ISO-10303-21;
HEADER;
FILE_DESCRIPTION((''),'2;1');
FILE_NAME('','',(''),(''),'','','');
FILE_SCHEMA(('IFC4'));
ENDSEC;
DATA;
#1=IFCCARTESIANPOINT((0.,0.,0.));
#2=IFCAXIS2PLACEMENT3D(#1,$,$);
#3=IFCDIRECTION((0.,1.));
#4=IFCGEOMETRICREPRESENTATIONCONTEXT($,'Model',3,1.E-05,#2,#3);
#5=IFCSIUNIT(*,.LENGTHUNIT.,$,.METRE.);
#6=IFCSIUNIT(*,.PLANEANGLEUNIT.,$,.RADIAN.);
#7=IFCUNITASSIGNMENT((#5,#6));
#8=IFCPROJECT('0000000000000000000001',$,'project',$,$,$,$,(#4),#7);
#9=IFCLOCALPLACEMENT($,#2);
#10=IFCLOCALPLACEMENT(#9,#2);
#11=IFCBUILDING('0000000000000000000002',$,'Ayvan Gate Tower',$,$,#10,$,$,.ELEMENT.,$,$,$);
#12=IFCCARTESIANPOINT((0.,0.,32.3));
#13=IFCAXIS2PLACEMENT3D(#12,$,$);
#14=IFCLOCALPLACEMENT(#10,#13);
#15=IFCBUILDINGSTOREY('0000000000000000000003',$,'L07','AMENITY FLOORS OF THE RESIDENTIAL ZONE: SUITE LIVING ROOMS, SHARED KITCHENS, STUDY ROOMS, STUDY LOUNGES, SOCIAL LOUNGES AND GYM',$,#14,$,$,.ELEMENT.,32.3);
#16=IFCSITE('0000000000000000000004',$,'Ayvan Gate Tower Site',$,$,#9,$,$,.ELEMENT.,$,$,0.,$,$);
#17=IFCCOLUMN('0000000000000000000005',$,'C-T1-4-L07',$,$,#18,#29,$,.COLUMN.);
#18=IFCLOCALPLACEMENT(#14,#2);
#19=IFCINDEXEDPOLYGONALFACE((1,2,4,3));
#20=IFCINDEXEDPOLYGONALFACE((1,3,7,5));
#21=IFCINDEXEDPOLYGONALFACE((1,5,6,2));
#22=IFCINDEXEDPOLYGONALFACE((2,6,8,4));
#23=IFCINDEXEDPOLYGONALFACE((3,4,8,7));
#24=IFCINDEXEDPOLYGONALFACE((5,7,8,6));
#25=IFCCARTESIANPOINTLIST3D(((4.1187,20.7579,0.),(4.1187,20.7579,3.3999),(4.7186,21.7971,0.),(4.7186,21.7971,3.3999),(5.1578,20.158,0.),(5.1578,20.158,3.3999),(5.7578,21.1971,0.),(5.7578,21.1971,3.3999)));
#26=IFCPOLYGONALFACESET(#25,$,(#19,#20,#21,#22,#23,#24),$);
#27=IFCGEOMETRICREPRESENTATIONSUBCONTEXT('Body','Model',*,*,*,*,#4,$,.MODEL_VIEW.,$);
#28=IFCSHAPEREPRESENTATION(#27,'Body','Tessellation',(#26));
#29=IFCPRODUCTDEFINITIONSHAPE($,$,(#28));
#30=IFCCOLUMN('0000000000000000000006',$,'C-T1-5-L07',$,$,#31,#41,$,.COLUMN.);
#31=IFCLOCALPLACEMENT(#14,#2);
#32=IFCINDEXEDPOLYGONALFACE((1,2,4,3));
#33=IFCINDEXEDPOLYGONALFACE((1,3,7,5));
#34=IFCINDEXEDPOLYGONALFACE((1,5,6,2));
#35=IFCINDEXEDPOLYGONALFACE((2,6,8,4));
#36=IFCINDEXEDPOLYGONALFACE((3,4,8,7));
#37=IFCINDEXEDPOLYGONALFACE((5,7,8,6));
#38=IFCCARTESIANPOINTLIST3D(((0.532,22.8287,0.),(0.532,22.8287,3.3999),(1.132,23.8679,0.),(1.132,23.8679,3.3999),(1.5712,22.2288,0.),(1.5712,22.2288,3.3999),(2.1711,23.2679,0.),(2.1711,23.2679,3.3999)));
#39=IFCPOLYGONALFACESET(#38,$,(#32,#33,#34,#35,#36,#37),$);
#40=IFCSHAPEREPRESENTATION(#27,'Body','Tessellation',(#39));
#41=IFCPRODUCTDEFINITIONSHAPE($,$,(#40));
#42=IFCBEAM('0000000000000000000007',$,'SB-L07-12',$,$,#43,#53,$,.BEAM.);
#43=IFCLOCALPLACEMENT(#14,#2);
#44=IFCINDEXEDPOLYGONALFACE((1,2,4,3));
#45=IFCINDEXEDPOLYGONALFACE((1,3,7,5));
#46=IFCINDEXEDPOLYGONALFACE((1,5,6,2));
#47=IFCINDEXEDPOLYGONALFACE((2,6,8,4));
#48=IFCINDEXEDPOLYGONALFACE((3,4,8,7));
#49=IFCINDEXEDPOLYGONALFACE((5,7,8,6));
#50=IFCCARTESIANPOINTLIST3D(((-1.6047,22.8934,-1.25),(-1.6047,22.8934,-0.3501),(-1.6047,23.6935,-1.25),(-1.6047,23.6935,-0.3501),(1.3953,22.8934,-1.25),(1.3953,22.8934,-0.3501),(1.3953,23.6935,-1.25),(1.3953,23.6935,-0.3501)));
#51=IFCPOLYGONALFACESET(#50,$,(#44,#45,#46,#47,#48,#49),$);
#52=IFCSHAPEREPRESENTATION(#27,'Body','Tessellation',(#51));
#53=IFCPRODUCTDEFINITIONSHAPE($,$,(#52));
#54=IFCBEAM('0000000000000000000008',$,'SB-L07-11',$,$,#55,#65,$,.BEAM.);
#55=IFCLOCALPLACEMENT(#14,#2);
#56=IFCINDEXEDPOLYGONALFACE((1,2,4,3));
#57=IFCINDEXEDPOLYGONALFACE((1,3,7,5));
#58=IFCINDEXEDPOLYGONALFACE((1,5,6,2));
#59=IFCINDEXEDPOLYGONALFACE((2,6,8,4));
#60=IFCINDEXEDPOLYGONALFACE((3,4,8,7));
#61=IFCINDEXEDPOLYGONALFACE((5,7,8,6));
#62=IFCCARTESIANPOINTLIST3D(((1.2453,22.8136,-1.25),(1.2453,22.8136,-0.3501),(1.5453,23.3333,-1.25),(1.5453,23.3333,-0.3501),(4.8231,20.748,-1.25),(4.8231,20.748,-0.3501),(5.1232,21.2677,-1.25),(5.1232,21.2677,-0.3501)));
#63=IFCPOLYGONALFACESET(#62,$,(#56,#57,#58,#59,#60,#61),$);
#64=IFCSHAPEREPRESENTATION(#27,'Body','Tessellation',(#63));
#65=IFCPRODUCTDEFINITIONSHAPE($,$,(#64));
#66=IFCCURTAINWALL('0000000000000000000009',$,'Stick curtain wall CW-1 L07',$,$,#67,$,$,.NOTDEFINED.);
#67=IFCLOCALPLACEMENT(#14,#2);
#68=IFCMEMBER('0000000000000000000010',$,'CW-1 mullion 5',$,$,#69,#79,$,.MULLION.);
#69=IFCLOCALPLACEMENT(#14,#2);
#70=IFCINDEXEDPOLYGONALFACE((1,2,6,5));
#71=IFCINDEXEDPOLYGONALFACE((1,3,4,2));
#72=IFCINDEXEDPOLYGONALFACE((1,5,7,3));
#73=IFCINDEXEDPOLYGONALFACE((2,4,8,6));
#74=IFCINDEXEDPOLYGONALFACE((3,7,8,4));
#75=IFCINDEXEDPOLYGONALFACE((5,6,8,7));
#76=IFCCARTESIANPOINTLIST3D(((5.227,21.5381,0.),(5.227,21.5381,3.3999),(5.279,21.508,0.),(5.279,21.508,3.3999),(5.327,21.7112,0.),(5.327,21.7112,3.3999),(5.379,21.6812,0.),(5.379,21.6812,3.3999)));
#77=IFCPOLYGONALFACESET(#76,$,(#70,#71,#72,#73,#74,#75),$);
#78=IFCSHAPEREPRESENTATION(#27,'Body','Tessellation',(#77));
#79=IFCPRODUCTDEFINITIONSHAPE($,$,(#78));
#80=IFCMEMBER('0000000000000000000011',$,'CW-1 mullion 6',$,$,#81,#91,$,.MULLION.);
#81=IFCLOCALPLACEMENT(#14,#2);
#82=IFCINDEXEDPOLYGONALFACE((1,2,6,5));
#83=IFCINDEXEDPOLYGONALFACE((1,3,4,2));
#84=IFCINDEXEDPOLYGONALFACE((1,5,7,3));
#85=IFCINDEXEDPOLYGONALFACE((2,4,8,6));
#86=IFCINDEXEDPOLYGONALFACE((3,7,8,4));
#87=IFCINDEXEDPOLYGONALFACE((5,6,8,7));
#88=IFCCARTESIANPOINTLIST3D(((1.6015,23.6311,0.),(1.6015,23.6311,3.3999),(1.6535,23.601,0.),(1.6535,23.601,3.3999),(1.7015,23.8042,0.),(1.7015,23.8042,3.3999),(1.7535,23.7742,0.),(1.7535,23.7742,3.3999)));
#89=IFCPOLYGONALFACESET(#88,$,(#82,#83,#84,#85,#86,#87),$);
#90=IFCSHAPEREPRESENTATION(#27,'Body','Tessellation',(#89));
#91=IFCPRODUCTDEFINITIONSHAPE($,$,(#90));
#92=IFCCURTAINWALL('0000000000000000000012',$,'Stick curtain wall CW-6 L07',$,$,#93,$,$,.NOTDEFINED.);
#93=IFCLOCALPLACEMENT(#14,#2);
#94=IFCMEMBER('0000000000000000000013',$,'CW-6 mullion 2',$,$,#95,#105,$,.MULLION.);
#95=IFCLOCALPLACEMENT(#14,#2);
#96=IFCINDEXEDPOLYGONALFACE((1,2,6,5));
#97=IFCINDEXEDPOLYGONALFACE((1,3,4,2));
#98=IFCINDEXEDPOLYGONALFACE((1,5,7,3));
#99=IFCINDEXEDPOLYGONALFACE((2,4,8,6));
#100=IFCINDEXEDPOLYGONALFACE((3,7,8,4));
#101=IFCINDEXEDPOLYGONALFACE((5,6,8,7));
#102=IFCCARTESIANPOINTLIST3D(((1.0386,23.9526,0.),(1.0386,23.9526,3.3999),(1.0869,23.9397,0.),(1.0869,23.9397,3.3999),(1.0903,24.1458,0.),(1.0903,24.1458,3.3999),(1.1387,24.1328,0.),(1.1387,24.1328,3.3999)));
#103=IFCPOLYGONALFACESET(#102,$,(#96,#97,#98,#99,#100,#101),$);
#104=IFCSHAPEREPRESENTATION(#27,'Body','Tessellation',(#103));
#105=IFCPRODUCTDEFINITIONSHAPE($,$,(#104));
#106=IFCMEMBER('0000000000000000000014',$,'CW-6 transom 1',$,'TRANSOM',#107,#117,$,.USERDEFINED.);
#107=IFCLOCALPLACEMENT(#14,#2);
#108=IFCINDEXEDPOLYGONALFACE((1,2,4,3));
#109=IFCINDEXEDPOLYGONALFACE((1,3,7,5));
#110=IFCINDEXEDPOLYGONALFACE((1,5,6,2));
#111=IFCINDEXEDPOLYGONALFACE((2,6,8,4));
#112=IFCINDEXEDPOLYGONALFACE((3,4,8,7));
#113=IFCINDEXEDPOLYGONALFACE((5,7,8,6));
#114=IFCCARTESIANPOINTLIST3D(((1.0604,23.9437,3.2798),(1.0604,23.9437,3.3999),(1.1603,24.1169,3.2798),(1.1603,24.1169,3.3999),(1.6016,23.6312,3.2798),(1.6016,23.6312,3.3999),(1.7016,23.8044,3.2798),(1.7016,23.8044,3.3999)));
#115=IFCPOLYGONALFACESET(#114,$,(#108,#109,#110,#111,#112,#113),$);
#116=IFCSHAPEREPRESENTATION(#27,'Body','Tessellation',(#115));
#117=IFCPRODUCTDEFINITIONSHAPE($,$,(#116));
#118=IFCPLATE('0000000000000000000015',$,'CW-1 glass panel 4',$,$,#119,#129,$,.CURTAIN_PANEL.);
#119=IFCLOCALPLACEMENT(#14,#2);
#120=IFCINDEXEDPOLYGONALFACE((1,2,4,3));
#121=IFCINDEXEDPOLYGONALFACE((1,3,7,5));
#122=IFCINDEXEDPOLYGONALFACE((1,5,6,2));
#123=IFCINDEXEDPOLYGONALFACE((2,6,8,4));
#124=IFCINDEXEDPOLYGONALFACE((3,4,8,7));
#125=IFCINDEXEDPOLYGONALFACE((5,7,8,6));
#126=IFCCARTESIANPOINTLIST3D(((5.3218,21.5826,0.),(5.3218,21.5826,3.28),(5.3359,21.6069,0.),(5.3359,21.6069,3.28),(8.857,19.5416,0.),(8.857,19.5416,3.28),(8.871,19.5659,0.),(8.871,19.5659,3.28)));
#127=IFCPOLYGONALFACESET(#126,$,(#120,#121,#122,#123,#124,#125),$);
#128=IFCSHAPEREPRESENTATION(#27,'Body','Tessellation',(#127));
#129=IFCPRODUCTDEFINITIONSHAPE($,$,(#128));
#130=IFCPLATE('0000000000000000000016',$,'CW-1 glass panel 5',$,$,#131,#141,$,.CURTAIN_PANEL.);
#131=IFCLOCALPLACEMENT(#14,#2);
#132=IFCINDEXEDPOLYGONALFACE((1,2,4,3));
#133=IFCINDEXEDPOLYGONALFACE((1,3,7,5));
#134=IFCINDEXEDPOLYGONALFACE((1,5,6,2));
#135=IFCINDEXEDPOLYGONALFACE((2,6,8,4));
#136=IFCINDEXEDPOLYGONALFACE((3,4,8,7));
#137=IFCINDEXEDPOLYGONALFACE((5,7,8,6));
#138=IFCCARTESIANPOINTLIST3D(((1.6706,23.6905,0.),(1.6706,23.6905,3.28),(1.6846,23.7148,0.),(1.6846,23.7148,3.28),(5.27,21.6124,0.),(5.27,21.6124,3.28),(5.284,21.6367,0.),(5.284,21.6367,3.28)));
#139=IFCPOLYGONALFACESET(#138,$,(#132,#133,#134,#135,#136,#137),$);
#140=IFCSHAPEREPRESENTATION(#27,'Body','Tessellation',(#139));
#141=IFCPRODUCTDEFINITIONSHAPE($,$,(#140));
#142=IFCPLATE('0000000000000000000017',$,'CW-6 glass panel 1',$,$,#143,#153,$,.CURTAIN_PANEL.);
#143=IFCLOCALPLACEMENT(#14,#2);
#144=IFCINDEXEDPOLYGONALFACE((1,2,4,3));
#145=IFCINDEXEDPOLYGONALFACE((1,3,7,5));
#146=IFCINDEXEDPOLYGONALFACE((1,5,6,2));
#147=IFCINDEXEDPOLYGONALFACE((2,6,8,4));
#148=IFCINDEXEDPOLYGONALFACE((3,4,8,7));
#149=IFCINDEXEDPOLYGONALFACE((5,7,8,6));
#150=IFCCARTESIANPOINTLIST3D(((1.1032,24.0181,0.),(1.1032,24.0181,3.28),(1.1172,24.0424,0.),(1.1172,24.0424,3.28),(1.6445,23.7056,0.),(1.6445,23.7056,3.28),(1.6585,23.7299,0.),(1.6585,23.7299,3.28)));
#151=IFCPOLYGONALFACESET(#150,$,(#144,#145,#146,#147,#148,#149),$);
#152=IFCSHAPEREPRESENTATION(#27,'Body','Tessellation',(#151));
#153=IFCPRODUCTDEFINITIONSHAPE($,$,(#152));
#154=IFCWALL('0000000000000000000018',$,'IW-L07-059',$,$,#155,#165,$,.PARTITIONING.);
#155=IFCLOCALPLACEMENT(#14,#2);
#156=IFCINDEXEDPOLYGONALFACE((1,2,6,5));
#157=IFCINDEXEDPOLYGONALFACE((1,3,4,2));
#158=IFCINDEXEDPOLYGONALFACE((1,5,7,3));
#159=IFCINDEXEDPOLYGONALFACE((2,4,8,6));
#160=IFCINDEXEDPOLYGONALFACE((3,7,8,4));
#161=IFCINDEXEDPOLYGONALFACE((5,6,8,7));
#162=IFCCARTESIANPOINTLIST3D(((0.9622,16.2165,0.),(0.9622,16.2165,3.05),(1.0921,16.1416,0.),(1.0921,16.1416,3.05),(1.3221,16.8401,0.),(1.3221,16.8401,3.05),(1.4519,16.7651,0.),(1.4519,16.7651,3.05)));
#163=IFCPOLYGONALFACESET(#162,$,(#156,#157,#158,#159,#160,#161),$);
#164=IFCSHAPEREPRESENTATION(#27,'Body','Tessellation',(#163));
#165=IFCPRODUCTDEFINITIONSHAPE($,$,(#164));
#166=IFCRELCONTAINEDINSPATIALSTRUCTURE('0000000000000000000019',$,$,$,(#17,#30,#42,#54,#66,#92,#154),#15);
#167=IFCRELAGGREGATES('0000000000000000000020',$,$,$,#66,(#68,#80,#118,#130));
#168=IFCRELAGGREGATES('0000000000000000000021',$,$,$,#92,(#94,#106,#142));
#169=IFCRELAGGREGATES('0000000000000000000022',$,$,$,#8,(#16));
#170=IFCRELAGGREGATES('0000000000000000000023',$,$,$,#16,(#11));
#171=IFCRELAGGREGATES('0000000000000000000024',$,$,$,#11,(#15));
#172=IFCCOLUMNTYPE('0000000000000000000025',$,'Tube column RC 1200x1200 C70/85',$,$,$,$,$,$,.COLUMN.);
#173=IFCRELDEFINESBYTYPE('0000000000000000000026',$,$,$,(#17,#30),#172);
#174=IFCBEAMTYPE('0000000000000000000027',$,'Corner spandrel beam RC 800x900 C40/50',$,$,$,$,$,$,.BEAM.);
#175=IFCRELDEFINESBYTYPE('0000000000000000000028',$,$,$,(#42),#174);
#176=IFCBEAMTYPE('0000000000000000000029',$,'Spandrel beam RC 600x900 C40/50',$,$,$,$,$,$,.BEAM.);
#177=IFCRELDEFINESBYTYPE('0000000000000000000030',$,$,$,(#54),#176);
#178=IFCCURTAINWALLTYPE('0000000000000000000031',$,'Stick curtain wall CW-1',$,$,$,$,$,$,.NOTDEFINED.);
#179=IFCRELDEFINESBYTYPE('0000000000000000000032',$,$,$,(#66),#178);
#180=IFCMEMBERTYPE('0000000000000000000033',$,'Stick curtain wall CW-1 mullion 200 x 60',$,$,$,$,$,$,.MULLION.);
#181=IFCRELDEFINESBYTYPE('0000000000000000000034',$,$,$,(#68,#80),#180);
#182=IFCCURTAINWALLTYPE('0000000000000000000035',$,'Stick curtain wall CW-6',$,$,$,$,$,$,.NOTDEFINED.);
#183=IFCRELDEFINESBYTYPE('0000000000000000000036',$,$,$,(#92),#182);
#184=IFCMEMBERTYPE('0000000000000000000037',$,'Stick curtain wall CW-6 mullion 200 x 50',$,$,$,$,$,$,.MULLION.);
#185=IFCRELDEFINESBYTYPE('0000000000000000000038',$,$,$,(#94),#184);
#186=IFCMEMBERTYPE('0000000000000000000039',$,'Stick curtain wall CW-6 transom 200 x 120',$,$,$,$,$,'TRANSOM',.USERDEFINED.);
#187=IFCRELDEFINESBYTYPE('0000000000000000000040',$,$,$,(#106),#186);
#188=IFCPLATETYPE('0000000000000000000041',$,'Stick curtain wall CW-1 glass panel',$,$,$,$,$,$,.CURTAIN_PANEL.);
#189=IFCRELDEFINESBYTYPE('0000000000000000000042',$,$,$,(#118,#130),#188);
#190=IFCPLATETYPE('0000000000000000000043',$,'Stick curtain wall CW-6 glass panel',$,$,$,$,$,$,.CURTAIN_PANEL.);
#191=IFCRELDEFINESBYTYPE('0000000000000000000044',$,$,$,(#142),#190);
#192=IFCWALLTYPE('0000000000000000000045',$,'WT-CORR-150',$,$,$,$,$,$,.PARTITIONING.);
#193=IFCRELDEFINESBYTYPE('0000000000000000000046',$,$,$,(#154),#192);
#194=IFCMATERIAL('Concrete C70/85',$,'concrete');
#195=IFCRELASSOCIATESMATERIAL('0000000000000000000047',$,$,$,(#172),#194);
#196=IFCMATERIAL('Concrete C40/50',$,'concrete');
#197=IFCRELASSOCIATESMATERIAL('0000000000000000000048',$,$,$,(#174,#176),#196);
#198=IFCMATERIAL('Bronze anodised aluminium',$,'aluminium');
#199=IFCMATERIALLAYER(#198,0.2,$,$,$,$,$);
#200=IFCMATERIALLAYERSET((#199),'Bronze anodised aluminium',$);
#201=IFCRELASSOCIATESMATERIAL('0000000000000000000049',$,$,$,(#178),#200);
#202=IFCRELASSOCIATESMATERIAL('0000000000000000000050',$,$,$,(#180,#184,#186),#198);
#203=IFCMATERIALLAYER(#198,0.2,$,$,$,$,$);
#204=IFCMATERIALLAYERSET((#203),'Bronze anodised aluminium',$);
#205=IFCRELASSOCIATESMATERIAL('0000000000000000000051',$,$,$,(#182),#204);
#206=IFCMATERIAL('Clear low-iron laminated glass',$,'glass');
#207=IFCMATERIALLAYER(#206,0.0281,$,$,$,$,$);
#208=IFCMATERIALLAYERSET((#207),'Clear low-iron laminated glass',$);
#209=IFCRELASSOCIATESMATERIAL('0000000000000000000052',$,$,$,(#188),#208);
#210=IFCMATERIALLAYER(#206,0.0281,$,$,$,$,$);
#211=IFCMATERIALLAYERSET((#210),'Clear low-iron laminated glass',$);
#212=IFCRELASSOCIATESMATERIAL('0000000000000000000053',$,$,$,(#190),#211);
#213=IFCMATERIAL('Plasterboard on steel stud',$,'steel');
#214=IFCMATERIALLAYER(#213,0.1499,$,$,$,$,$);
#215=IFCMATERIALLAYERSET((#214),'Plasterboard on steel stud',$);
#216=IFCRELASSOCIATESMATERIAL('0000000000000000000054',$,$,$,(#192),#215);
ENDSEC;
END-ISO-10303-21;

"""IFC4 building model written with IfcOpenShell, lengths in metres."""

from ifc_helpers import new_model, si_unit, direction, frame, frame_2d, origin, origin_2d, place, context, subcontext, project, spatial, rectangle, extrude, material, layer, layer_set, material_profile, profile_set, type_object, element, aggregate, save


model = new_model("IFC4")

# Units and contexts
model_context = context("Model", 3, precision=1e-05, world=origin(), true_north=direction((0.0, 1.0)))
body_context = subcontext(model_context, "Body", "Model", "MODEL_VIEW")
ifc_project = project(units=[si_unit("LENGTHUNIT", "METRE"), si_unit("PLANEANGLEUNIT", "RADIAN")], contexts=[model_context])

# Site, building, storey
site_placement = place(None, origin())
site = spatial("IfcSite", under=ifc_project, at=site_placement, Name="Ayvan Gate Tower Site", CompositionType="ELEMENT", RefElevation=0.0)
building_placement = place(site_placement, origin())
building = spatial("IfcBuilding", under=site, at=building_placement, Name="Ayvan Gate Tower", CompositionType="ELEMENT")
storey_placement = place(building_placement, frame((0.0, 0.0, 32.3)))
storey = spatial("IfcBuildingStorey", under=building, at=storey_placement, Name="L07", Description="AMENITY FLOORS OF THE RESIDENTIAL ZONE: SUITE LIVING ROOMS, SHARED KITCHENS, STUDY ROOMS, STUDY LOUNGES, SOCIAL LOUNGES AND GYM", CompositionType="ELEMENT", Elevation=32.3)

# Columns
ifc_material_1 = material(Name="Concrete C70/85", Category="concrete")
ifc_material_profile_1 = material_profile(ifc_material_1, rectangle(XDim=1.2, YDim=1.2, at=origin_2d()), Name="RC 1200x1200")
ifc_profile_set_1 = profile_set([ifc_material_profile_1], Name="Concrete C70/85")
column_type = type_object("IfcColumnType", Name="Tube column RC 1200x1200 C70/85", PredefinedType="COLUMN", material=ifc_profile_set_1)
for number, where, z_axis, x_axis, name in (
    (1, (4.9382, 20.9775, 0.0), (0.0, 0.0, 1.0), (0.5, 0.866025, 0.0), "C-T1-4-L07"),
    (2, (1.3516, 23.0483, 0.0), (0.0, 0.0, 1.0), (0.5, 0.866025, 0.0), "C-T1-5-L07"),
):
    element("IfcColumn", number, at=place(storey_placement, frame(where, z_axis=z_axis, x_axis=x_axis)), inside=storey, type_object=column_type, Name=name, PredefinedType="COLUMN", context=body_context, shape_type="SweptSolid", body=[
        extrude(rectangle(XDim=1.2, YDim=1.2, at=origin_2d()), origin(), (0.0, 0.0, 1.0), 3.3999),
    ])

# Beams
ifc_material_2 = material(Name="Concrete C40/50", Category="concrete")
ifc_material_profile_2 = material_profile(ifc_material_2, rectangle(XDim=0.8, YDim=0.8999, at=origin_2d()), Name="RC 800x900")
ifc_profile_set_2 = profile_set([ifc_material_profile_2], Name="Concrete C40/50")
beam_type_1 = type_object("IfcBeamType", Name="Corner spandrel beam RC 800x900 C40/50", PredefinedType="BEAM", material=ifc_profile_set_2)
beam_1_placement = place(storey_placement, frame((1.3953, 23.2935, -0.8), z_axis=(-1.0, 0.0, 0.0), x_axis=(0.0, -1.0, 0.0)))
element("IfcBeam", 3, at=beam_1_placement, inside=storey, type_object=beam_type_1, Name="SB-L07-12", PredefinedType="BEAM", context=body_context, shape_type="SweptSolid", body=[
    extrude(rectangle(XDim=0.8, YDim=0.8999, at=origin_2d()), origin(), (0.0, 0.0, 1.0), 3.0),
])
ifc_material_profile_3 = material_profile(ifc_material_2, rectangle(XDim=0.6001, YDim=0.8999, at=origin_2d()), Name="RC 600x900")
ifc_profile_set_3 = profile_set([ifc_material_profile_3], Name="Concrete C40/50")
beam_type_2 = type_object("IfcBeamType", Name="Spandrel beam RC 600x900 C40/50", PredefinedType="BEAM", material=ifc_profile_set_3)
beam_2_placement = place(storey_placement, frame((4.9731, 21.0078, -0.8), z_axis=(-0.866027, 0.499997, 0.0), x_axis=(-0.499997, -0.866027, 0.0)))
element("IfcBeam", 4, at=beam_2_placement, inside=storey, type_object=beam_type_2, Name="SB-L07-11", PredefinedType="BEAM", context=body_context, shape_type="SweptSolid", body=[
    extrude(rectangle(XDim=0.6001, YDim=0.8999, at=origin_2d()), origin(), (0.0, 0.0, 1.0), 4.1313),
])

# Curtain walls, members
ifc_material_3 = material(Name="Bronze anodised aluminium", Category="aluminium")
ifc_layer_1 = layer(ifc_material_3, 0.2)
ifc_layer_set_1 = layer_set([ifc_layer_1], Name="Bronze anodised aluminium")
curtain_wall_type_1 = type_object("IfcCurtainWallType", Name="Stick curtain wall CW-1", PredefinedType="NOTDEFINED", material=ifc_layer_set_1)
curtain_wall_1_placement = place(storey_placement, origin())
curtain_wall_1 = element("IfcCurtainWall", 5, at=curtain_wall_1_placement, inside=storey, type_object=curtain_wall_type_1, Name="Stick curtain wall CW-1 L07", PredefinedType="NOTDEFINED")
ifc_material_profile_4 = material_profile(ifc_material_3, rectangle(XDim=0.2, YDim=0.0601, at=origin_2d()), Name="Stick curtain wall CW-1 mullion 200 x 60")
ifc_profile_set_4 = profile_set([ifc_material_profile_4], Name="Bronze anodised aluminium")
member_type_1 = type_object("IfcMemberType", Name="Stick curtain wall CW-1 mullion 200 x 60", PredefinedType="MULLION", material=ifc_profile_set_4)
member_1_placement = place(storey_placement, frame((5.303, 21.6096, 0.0), z_axis=(0.0, 0.0, 1.0), x_axis=(0.5, 0.866025, 0.0)))
member_1 = element("IfcMember", 6, at=member_1_placement, type_object=member_type_1, Name="CW-1 mullion 5", PredefinedType="MULLION", context=body_context, shape_type="SweptSolid", body=[
    extrude(rectangle(XDim=0.2, YDim=0.0601, at=origin_2d()), origin(), (0.0, 0.0, 1.0), 3.3999),
])
member_2_placement = place(storey_placement, frame((1.6775, 23.7026, 0.0), z_axis=(0.0, 0.0, 1.0), x_axis=(0.5, 0.866025, 0.0)))
member_2 = element("IfcMember", 7, at=member_2_placement, type_object=member_type_1, Name="CW-1 mullion 6", PredefinedType="MULLION", context=body_context, shape_type="SweptSolid", body=[
    extrude(rectangle(XDim=0.2, YDim=0.0601, at=origin_2d()), origin(), (0.0, 0.0, 1.0), 3.3999),
])
ifc_layer_2 = layer(ifc_material_3, 0.2)
ifc_layer_set_2 = layer_set([ifc_layer_2], Name="Bronze anodised aluminium")
curtain_wall_type_2 = type_object("IfcCurtainWallType", Name="Stick curtain wall CW-6", PredefinedType="NOTDEFINED", material=ifc_layer_set_2)
curtain_wall_2_placement = place(storey_placement, origin())
curtain_wall_2 = element("IfcCurtainWall", 8, at=curtain_wall_2_placement, inside=storey, type_object=curtain_wall_type_2, Name="Stick curtain wall CW-6 L07", PredefinedType="NOTDEFINED")
ifc_material_profile_5 = material_profile(ifc_material_3, rectangle(XDim=0.2, YDim=0.05, at=origin_2d()), Name="Stick curtain wall CW-6 mullion 200 x 50")
ifc_profile_set_5 = profile_set([ifc_material_profile_5], Name="Bronze anodised aluminium")
member_type_2 = type_object("IfcMemberType", Name="Stick curtain wall CW-6 mullion 200 x 50", PredefinedType="MULLION", material=ifc_profile_set_5)
member_3_placement = place(storey_placement, frame((1.0886, 24.0427, 0.0), z_axis=(0.0, 0.0, 1.0), x_axis=(0.258819, 0.965926, 0.0)))
member_3 = element("IfcMember", 9, at=member_3_placement, type_object=member_type_2, Name="CW-6 mullion 2", PredefinedType="MULLION", context=body_context, shape_type="SweptSolid", body=[
    extrude(rectangle(XDim=0.2, YDim=0.05, at=origin_2d()), origin(), (0.0, 0.0, 1.0), 3.3999),
])
ifc_material_profile_6 = material_profile(ifc_material_3, rectangle(XDim=0.2, YDim=0.1201, at=origin_2d()), Name="Stick curtain wall CW-6 transom 200 x 120")
ifc_profile_set_6 = profile_set([ifc_material_profile_6], Name="Bronze anodised aluminium")
member_type_3 = type_object("IfcMemberType", Name="Stick curtain wall CW-6 transom 200 x 120", ElementType="TRANSOM", PredefinedType="USERDEFINED", material=ifc_profile_set_6)
member_4_placement = place(storey_placement, frame((1.6516, 23.7178, 3.3398), z_axis=(-0.866023, 0.500004, 0.0), x_axis=(-0.500004, -0.866023, 0.0)))
member_4 = element("IfcMember", 10, at=member_4_placement, type_object=member_type_3, Name="CW-6 transom 1", ObjectType="TRANSOM", PredefinedType="USERDEFINED", context=body_context, shape_type="SweptSolid", body=[
    extrude(rectangle(XDim=0.2, YDim=0.1201, at=origin_2d()), origin(), (0.0, 0.0, 1.0), 0.625),
])

# Plates
ifc_material_4 = material(Name="Clear low-iron laminated glass", Category="glass")
ifc_layer_3 = layer(ifc_material_4, 0.0281)
ifc_layer_set_3 = layer_set([ifc_layer_3], Name="Clear low-iron laminated glass")
plate_type_1 = type_object("IfcPlateType", Name="Stick curtain wall CW-1 glass panel", PredefinedType="CURTAIN_PANEL", material=ifc_layer_set_3)
plate_1_placement = place(storey_placement, frame((7.0964, 20.5742, 0.0), z_axis=(0.0, 0.0, 1.0), x_axis=(-0.866025, 0.5, 0.0)))
plate_1 = element("IfcPlate", 11, at=plate_1_placement, type_object=plate_type_1, Name="CW-1 glass panel 4", PredefinedType="CURTAIN_PANEL", context=body_context, shape_type="SweptSolid", body=[
    extrude(rectangle(XDim=4.082, YDim=0.0281, at=origin_2d()), origin(), (0.0, 0.0, 1.0), 3.28),
])
plate_2_placement = place(storey_placement, frame((3.4773, 22.6636, 0.0), z_axis=(0.0, 0.0, 1.0), x_axis=(-0.866025, 0.5, 0.0)))
plate_2 = element("IfcPlate", 12, at=plate_2_placement, type_object=plate_type_1, Name="CW-1 glass panel 5", PredefinedType="CURTAIN_PANEL", context=body_context, shape_type="SweptSolid", body=[
    extrude(rectangle(XDim=4.1562, YDim=0.0281, at=origin_2d()), origin(), (0.0, 0.0, 1.0), 3.28),
])
aggregate(curtain_wall_1, [member_1, member_2, plate_1, plate_2])
ifc_layer_4 = layer(ifc_material_4, 0.0281)
ifc_layer_set_4 = layer_set([ifc_layer_4], Name="Clear low-iron laminated glass")
plate_type_2 = type_object("IfcPlateType", Name="Stick curtain wall CW-6 glass panel", PredefinedType="CURTAIN_PANEL", material=ifc_layer_set_4)
plate_3_placement = place(storey_placement, frame((1.3809, 23.874, 0.0), z_axis=(0.0, 0.0, 1.0), x_axis=(-0.866025, 0.5, 0.0)))
plate_3 = element("IfcPlate", 13, at=plate_3_placement, type_object=plate_type_2, Name="CW-6 glass panel 1", PredefinedType="CURTAIN_PANEL", context=body_context, shape_type="SweptSolid", body=[
    extrude(rectangle(XDim=0.625, YDim=0.0281, at=origin_2d()), origin(), (0.0, 0.0, 1.0), 3.28),
])
aggregate(curtain_wall_2, [member_3, member_4, plate_3])

# Wall
ifc_material_5 = material(Name="Plasterboard on steel stud", Category="steel")
ifc_layer_5 = layer(ifc_material_5, 0.1499)
ifc_layer_set_5 = layer_set([ifc_layer_5], Name="Plasterboard on steel stud")
wall_type_1 = type_object("IfcWallType", Name="WT-CORR-150", PredefinedType="PARTITIONING", material=ifc_layer_set_5)
wall_1_placement = place(storey_placement, frame((1.387, 16.8025, 0.0), z_axis=(0.0, 0.0, 1.0), x_axis=(-0.499859, -0.866107, 0.0)))
element("IfcWall", 14, at=wall_1_placement, inside=storey, type_object=wall_type_1, Name="IW-L07-059", PredefinedType="PARTITIONING", context=body_context, shape_type="SweptSolid", body=[
    extrude(rectangle(XDim=0.72, YDim=0.1499, at=frame_2d((0.3599, 0.0))), origin(), (0.0, 0.0, 1.0), 3.05),
])

save(model, "model.ifc")
